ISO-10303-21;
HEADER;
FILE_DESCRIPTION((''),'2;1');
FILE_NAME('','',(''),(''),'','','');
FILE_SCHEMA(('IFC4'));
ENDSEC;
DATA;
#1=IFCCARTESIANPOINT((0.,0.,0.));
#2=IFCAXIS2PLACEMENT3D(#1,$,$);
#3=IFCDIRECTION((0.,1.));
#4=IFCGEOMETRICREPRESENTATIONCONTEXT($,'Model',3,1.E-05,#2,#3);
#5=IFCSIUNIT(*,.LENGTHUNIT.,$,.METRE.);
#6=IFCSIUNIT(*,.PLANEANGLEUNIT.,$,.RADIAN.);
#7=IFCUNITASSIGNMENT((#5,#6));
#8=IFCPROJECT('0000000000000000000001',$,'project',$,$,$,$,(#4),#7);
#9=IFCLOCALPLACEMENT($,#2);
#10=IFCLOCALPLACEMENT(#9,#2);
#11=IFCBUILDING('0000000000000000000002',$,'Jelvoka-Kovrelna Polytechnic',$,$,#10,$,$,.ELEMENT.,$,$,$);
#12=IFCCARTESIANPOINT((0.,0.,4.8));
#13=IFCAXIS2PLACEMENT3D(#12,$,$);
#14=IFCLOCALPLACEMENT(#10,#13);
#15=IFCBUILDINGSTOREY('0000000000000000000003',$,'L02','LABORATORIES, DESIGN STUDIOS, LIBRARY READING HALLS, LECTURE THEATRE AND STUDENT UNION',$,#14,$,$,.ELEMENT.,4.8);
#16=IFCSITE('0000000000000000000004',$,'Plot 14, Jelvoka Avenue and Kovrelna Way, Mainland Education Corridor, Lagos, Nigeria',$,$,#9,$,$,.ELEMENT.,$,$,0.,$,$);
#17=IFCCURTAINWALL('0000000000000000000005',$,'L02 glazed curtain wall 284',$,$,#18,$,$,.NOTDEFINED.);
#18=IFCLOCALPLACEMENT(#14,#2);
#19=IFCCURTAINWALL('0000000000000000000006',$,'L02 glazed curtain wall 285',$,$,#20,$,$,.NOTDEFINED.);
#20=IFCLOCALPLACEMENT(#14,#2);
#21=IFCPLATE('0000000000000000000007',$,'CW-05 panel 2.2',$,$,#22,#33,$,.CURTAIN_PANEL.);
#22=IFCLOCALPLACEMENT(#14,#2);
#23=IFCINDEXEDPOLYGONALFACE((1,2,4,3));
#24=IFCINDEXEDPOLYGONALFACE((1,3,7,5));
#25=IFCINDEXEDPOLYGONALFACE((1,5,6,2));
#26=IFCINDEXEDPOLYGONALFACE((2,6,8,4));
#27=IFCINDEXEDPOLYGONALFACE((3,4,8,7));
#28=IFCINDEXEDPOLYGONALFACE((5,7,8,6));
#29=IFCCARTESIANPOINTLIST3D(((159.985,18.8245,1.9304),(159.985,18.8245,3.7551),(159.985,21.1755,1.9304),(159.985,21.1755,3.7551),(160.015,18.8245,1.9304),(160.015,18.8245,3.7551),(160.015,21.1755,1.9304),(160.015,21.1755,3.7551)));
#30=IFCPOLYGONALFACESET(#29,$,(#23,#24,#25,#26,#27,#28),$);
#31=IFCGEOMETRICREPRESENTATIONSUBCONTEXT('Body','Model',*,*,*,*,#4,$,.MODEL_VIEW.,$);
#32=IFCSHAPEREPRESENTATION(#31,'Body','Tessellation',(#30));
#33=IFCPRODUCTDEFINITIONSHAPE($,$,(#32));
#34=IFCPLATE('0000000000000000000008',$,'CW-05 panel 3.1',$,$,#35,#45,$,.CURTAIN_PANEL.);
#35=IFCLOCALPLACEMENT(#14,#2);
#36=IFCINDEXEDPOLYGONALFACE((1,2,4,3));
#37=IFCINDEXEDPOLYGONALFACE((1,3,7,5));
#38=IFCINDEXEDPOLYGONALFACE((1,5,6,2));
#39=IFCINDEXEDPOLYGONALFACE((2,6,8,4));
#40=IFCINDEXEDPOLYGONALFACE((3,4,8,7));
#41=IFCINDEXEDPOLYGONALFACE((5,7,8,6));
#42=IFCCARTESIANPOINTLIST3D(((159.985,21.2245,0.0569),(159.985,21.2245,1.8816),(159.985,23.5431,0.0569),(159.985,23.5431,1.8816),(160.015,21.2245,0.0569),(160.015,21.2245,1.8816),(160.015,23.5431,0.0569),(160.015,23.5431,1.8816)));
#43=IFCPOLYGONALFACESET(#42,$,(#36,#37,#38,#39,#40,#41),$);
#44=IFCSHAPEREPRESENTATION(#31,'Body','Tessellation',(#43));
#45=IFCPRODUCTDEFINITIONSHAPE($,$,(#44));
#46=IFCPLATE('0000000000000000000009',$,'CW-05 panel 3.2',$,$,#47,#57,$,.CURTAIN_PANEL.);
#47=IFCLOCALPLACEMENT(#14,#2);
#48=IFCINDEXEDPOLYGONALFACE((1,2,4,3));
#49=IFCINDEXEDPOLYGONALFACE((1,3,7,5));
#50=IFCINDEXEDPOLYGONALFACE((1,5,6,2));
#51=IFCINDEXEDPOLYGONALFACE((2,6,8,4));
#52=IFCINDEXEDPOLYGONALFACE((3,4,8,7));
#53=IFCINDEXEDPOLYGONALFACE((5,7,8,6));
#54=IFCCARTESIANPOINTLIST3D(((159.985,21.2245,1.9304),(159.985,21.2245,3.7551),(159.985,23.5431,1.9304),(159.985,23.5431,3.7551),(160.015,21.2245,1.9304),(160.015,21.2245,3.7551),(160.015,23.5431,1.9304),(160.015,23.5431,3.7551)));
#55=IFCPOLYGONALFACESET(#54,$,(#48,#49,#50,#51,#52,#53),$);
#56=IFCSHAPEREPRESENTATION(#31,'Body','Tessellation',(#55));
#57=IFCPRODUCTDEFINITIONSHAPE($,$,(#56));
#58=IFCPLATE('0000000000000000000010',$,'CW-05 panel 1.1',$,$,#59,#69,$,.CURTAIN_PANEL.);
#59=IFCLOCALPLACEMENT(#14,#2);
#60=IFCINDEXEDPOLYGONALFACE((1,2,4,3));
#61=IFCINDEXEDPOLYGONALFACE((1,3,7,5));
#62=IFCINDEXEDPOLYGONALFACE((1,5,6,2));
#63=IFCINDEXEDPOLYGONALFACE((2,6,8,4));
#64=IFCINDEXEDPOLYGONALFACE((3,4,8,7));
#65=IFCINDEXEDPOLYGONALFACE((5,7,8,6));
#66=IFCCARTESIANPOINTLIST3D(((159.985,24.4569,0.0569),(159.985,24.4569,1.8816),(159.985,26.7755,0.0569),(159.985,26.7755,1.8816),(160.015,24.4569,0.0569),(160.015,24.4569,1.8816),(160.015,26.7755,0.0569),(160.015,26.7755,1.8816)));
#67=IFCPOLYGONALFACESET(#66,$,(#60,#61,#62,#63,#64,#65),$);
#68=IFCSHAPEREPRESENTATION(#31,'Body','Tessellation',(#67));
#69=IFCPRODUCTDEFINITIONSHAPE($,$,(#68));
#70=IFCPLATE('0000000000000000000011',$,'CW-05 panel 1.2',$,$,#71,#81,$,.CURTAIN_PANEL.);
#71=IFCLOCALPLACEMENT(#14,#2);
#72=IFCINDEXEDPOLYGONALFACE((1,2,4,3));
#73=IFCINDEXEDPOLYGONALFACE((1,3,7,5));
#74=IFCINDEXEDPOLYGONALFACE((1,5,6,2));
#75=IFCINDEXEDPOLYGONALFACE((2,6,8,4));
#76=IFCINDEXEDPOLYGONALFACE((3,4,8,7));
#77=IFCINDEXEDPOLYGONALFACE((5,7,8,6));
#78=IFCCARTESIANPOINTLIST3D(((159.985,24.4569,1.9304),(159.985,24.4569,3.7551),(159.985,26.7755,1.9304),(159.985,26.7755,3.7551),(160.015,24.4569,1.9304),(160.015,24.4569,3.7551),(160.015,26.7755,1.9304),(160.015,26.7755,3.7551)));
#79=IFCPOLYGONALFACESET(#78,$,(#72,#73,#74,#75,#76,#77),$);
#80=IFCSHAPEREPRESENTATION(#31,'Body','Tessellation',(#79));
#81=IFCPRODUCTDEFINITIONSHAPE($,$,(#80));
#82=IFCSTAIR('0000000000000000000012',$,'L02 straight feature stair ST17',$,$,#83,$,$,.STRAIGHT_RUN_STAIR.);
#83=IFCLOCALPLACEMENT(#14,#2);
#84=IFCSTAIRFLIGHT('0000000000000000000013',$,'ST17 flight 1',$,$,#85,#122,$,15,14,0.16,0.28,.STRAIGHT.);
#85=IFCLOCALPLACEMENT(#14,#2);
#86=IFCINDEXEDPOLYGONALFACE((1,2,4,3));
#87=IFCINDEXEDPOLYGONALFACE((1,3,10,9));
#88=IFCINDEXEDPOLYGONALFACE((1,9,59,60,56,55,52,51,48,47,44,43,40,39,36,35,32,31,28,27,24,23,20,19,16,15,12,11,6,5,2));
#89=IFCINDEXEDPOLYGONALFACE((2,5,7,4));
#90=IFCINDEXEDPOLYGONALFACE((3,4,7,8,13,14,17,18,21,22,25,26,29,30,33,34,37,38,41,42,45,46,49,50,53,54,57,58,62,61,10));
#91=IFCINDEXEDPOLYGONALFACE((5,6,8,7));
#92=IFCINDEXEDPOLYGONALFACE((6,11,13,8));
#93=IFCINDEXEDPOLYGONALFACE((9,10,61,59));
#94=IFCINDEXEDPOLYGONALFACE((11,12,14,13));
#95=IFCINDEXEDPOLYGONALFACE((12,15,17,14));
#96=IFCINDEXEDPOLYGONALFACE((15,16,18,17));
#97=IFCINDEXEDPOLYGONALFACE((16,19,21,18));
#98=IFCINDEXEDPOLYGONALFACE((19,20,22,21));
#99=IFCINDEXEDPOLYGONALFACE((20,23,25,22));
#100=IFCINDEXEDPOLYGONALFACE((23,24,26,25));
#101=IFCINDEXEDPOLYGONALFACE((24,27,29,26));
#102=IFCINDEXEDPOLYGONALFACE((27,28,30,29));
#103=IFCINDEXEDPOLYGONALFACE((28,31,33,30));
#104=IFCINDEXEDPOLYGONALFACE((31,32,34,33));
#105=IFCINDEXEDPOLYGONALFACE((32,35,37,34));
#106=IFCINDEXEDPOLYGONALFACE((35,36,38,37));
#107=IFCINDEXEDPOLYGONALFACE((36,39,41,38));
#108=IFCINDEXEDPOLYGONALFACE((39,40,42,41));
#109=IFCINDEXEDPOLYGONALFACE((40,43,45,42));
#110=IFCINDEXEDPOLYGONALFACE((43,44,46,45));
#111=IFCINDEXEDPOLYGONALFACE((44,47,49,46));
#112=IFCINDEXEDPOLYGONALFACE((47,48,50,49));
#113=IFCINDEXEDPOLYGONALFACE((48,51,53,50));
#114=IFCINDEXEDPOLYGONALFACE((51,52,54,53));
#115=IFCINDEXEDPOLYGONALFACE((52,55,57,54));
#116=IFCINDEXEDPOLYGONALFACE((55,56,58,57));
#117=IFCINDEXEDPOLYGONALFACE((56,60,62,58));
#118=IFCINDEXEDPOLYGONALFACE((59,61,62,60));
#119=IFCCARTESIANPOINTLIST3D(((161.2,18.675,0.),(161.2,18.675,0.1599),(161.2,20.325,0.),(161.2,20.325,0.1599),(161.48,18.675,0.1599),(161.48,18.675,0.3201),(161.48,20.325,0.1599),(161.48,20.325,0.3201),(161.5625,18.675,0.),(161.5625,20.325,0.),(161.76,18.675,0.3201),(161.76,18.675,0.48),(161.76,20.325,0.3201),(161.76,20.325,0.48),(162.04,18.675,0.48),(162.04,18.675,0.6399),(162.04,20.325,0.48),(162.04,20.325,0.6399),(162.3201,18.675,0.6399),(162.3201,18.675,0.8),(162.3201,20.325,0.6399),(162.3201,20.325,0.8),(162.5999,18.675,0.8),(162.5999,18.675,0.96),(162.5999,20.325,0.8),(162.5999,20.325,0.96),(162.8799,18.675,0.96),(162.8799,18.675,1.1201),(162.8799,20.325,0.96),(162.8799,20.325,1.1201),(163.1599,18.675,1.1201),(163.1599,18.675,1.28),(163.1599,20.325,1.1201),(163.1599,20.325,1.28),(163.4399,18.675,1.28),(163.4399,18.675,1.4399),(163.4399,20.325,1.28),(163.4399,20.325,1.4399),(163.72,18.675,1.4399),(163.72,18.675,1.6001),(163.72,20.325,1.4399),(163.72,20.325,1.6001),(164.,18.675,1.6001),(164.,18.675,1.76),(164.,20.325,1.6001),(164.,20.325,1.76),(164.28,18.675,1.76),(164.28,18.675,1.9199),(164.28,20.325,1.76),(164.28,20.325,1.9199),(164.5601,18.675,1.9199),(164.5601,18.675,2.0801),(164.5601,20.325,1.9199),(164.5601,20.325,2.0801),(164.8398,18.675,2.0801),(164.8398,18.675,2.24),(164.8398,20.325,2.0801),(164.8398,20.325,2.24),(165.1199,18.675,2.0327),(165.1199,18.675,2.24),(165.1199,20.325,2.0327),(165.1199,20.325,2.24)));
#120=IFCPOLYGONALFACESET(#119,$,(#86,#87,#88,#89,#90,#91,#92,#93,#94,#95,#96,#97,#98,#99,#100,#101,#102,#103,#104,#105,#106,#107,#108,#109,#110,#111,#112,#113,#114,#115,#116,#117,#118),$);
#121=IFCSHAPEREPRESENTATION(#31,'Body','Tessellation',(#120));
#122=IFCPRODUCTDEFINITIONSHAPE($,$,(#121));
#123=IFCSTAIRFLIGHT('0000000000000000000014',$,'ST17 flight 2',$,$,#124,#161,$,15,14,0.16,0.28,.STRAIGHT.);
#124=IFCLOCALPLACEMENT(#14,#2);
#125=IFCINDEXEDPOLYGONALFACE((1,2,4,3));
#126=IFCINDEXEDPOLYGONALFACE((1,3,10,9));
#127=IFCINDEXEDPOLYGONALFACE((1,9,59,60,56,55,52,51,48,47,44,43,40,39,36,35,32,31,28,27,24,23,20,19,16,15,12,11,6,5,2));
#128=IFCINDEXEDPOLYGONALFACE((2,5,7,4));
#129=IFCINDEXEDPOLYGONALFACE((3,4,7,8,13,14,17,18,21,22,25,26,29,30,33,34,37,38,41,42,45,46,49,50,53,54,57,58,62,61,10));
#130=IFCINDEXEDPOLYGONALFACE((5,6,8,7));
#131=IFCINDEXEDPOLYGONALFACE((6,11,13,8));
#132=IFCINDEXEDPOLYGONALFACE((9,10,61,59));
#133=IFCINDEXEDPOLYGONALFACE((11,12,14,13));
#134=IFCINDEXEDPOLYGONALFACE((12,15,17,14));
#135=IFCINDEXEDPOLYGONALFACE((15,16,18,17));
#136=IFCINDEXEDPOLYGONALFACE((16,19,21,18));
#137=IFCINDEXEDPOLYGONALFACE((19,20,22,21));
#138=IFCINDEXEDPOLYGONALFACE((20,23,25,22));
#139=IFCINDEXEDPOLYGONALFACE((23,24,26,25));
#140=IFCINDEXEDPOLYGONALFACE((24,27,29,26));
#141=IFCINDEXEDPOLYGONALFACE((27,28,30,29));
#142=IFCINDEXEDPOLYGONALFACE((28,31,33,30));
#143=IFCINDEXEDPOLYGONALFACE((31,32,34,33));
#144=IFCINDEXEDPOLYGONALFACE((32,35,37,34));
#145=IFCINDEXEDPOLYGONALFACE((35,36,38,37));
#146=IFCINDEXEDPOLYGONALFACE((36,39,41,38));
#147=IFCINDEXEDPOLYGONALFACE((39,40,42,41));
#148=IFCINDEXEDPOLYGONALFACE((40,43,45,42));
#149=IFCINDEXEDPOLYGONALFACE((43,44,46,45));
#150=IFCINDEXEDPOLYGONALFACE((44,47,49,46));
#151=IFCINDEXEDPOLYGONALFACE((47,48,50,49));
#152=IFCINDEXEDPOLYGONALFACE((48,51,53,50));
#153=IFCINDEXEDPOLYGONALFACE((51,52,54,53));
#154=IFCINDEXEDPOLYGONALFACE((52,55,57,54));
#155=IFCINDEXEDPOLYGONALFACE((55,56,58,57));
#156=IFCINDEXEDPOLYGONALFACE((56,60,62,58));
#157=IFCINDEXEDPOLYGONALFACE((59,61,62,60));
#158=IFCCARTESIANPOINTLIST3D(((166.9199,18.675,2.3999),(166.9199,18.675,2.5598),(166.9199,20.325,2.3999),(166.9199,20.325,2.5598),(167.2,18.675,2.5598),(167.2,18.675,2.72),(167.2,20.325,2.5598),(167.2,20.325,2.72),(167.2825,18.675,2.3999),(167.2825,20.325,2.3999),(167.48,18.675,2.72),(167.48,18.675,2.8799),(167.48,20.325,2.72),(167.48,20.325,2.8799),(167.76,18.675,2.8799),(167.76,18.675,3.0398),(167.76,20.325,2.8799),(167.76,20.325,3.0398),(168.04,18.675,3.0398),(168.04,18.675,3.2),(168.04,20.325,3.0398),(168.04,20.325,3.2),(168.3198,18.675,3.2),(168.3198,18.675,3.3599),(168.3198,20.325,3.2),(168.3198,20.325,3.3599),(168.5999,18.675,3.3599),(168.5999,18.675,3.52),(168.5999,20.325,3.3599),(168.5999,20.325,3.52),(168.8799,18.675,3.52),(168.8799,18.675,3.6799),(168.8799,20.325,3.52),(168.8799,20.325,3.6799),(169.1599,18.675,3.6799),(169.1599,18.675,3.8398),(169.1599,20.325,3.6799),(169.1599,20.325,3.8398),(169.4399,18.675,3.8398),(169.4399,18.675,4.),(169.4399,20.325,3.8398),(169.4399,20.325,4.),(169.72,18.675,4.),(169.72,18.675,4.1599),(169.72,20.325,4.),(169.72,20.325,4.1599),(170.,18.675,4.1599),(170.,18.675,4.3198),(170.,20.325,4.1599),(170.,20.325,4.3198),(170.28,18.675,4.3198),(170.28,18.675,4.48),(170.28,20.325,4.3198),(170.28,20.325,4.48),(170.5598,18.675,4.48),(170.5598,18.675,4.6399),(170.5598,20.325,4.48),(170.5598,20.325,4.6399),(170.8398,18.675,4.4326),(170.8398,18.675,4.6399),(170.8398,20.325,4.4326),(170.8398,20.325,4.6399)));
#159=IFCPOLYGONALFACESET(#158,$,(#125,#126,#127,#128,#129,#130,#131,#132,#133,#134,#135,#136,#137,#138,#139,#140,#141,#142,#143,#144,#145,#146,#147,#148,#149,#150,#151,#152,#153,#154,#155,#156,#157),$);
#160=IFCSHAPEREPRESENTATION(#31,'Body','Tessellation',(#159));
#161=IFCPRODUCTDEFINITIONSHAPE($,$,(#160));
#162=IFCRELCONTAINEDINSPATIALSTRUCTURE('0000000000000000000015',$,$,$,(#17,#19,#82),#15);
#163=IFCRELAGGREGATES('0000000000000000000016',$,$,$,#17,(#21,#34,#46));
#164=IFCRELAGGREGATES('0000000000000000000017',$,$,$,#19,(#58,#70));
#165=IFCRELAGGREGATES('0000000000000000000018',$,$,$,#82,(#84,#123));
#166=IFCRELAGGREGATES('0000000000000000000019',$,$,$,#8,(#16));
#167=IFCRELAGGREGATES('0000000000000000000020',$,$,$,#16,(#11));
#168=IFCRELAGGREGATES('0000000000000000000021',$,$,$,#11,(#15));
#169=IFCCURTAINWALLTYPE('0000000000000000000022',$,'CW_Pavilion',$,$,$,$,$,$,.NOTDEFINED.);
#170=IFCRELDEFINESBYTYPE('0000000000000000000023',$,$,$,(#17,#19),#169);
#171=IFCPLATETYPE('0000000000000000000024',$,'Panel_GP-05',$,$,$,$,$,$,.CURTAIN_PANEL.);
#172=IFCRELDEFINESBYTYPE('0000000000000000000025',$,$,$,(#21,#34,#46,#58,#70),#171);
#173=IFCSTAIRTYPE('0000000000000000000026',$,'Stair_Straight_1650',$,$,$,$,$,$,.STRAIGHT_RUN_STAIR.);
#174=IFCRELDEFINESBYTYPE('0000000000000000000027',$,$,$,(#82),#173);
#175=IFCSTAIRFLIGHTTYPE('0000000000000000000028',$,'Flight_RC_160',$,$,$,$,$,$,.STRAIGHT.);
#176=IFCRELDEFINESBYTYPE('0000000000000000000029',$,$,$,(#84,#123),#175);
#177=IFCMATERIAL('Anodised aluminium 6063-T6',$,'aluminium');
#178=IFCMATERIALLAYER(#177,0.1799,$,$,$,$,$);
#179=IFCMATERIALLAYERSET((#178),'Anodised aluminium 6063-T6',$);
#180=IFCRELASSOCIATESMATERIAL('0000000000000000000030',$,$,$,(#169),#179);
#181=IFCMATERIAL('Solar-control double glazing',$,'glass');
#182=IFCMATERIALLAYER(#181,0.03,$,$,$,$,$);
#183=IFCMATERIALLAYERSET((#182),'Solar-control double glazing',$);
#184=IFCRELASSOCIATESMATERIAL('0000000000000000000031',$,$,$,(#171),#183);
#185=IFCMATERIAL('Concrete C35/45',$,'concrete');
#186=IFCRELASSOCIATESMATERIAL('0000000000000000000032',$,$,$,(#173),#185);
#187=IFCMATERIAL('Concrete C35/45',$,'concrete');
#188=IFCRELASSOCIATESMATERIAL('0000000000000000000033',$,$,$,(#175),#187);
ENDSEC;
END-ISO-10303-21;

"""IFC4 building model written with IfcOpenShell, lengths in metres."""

from ifc_helpers import new_model, si_unit, direction, frame, origin, origin_2d, place, context, subcontext, project, spatial, polyline, rectangle, outline, extrude, material, layer, layer_set, type_object, element, aggregate, save


model = new_model("IFC4")

# Units and contexts
model_context = context("Model", 3, precision=1e-05, world=origin(), true_north=direction((0.0, 1.0)))
body_context = subcontext(model_context, "Body", "Model", "MODEL_VIEW")
ifc_project = project(units=[si_unit("LENGTHUNIT", "METRE"), si_unit("PLANEANGLEUNIT", "RADIAN")], contexts=[model_context])

# Site, building, storey
site_placement = place(None, origin())
site = spatial("IfcSite", under=ifc_project, at=site_placement, Name="Plot 14, Jelvoka Avenue and Kovrelna Way, Mainland Education Corridor, Lagos, Nigeria", CompositionType="ELEMENT", RefElevation=0.0)
building_placement = place(site_placement, origin())
building = spatial("IfcBuilding", under=site, at=building_placement, Name="Jelvoka-Kovrelna Polytechnic", CompositionType="ELEMENT")
storey_placement = place(building_placement, frame((0.0, 0.0, 4.8)))
storey = spatial("IfcBuildingStorey", under=building, at=storey_placement, Name="L02", Description="LABORATORIES, DESIGN STUDIOS, LIBRARY READING HALLS, LECTURE THEATRE AND STUDENT UNION", CompositionType="ELEMENT", Elevation=4.8)

# Curtain walls
ifc_material_1 = material(Name="Anodised aluminium 6063-T6", Category="aluminium")
ifc_layer_1 = layer(ifc_material_1, 0.1799)
ifc_layer_set_1 = layer_set([ifc_layer_1], Name="Anodised aluminium 6063-T6")
curtain_wall_type = type_object("IfcCurtainWallType", Name="CW_Pavilion", PredefinedType="NOTDEFINED", material=ifc_layer_set_1)
curtain_wall_1_placement = place(storey_placement, origin())
curtain_wall_1 = element("IfcCurtainWall", 1, at=curtain_wall_1_placement, inside=storey, type_object=curtain_wall_type, Name="L02 glazed curtain wall 284", PredefinedType="NOTDEFINED")
curtain_wall_2_placement = place(storey_placement, origin())
curtain_wall_2 = element("IfcCurtainWall", 2, at=curtain_wall_2_placement, inside=storey, type_object=curtain_wall_type, Name="L02 glazed curtain wall 285", PredefinedType="NOTDEFINED")

# Plates
ifc_material_2 = material(Name="Solar-control double glazing", Category="glass")
ifc_layer_2 = layer(ifc_material_2, 0.03)
ifc_layer_set_2 = layer_set([ifc_layer_2], Name="Solar-control double glazing")
plate_type = type_object("IfcPlateType", Name="Panel_GP-05", PredefinedType="CURTAIN_PANEL", material=ifc_layer_set_2)
plate_1_placement = place(storey_placement, frame((160.0, 20.0, 1.9304), z_axis=(0.0, 0.0, 1.0), x_axis=(0.0, 1.0, 0.0)))
plate_1 = element("IfcPlate", 3, at=plate_1_placement, type_object=plate_type, Name="CW-05 panel 2.2", PredefinedType="CURTAIN_PANEL", context=body_context, shape_type="SweptSolid", body=[
    extrude(rectangle(XDim=2.3511, YDim=0.03, at=origin_2d()), origin(), (0.0, 0.0, 1.0), 1.8247),
])
plate_2_placement = place(storey_placement, frame((160.0, 22.3838, 0.0569), z_axis=(0.0, 0.0, 1.0), x_axis=(0.0, 1.0, 0.0)))
plate_2 = element("IfcPlate", 4, at=plate_2_placement, type_object=plate_type, Name="CW-05 panel 3.1", PredefinedType="CURTAIN_PANEL", context=body_context, shape_type="SweptSolid", body=[
    extrude(rectangle(XDim=2.3186, YDim=0.03, at=origin_2d()), origin(), (0.0, 0.0, 1.0), 1.8247),
])
plate_3_placement = place(storey_placement, frame((160.0, 22.3838, 1.9304), z_axis=(0.0, 0.0, 1.0), x_axis=(0.0, 1.0, 0.0)))
plate_3 = element("IfcPlate", 5, at=plate_3_placement, type_object=plate_type, Name="CW-05 panel 3.2", PredefinedType="CURTAIN_PANEL", context=body_context, shape_type="SweptSolid", body=[
    extrude(rectangle(XDim=2.3186, YDim=0.03, at=origin_2d()), origin(), (0.0, 0.0, 1.0), 1.8247),
])
aggregate(curtain_wall_1, [plate_1, plate_2, plate_3])
plate_4_placement = place(storey_placement, frame((160.0, 25.6162, 0.0569), z_axis=(0.0, 0.0, 1.0), x_axis=(0.0, 1.0, 0.0)))
plate_4 = element("IfcPlate", 6, at=plate_4_placement, type_object=plate_type, Name="CW-05 panel 1.1", PredefinedType="CURTAIN_PANEL", context=body_context, shape_type="SweptSolid", body=[
    extrude(rectangle(XDim=2.3186, YDim=0.03, at=origin_2d()), origin(), (0.0, 0.0, 1.0), 1.8247),
])
plate_5_placement = place(storey_placement, frame((160.0, 25.6162, 1.9304), z_axis=(0.0, 0.0, 1.0), x_axis=(0.0, 1.0, 0.0)))
plate_5 = element("IfcPlate", 7, at=plate_5_placement, type_object=plate_type, Name="CW-05 panel 1.2", PredefinedType="CURTAIN_PANEL", context=body_context, shape_type="SweptSolid", body=[
    extrude(rectangle(XDim=2.3186, YDim=0.03, at=origin_2d()), origin(), (0.0, 0.0, 1.0), 1.8247),
])
aggregate(curtain_wall_2, [plate_4, plate_5])

# Stair, stair flights
ifc_material_3 = material(Name="Concrete C35/45", Category="concrete")
stair_type = type_object("IfcStairType", Name="Stair_Straight_1650", PredefinedType="STRAIGHT_RUN_STAIR", material=ifc_material_3)
stair_placement = place(storey_placement, origin())
stair = element("IfcStair", 8, at=stair_placement, inside=storey, type_object=stair_type, Name="L02 straight feature stair ST17", PredefinedType="STRAIGHT_RUN_STAIR")
ifc_material_4 = material(Name="Concrete C35/45", Category="concrete")
stair_flight_type = type_object("IfcStairFlightType", Name="Flight_RC_160", PredefinedType="STRAIGHT", material=ifc_material_4)
stair_flight_1_placement = place(storey_placement, frame((161.2, 19.5, 0.0), z_axis=(0.0, 0.0, 1.0), x_axis=(1.0, 0.0, 0.0)))
stair_flight_1 = element("IfcStairFlight", 9, at=stair_flight_1_placement, type_object=stair_flight_type, Name="ST17 flight 1", NumberOfRisers=15, NumberOfTreads=14, PredefinedType="STRAIGHT", RiserHeight=0.16, TreadLength=0.28, context=body_context, shape_type="SweptSolid", body=[
    extrude(outline(polyline([(0.0, 0.0), (0.0, 0.1599), (0.28, 0.1599), (0.28, 0.3201), (0.5601, 0.3201), (0.5601, 0.48), (0.8401, 0.48), (0.8401, 0.6399), (1.1201, 0.6399), (1.1201, 0.8), (1.3999, 0.8), (1.3999, 0.96), (1.6799, 0.96), (1.6799, 1.1201), (1.96, 1.1201), (1.96, 1.28), (2.24, 1.28), (2.24, 1.4399), (2.52, 1.4399), (2.52, 1.6001), (2.8, 1.6001), (2.8, 1.76), (3.0801, 1.76), (3.0801, 1.9199), (3.3601, 1.9199), (3.3601, 2.0801), (3.6399, 2.0801), (3.6399, 2.24), (3.9199, 2.24), (3.9199, 2.3999), (3.9199, 2.0327), (0.3625, 0.0), (0.0, 0.0)])), frame((0.0, 0.825, 0.0), z_axis=(0.0, -1.0, 0.0), x_axis=(1.0, 0.0, 0.0)), (0.0, 0.0, 1.0), 1.6499),
])
stair_flight_2_placement = place(storey_placement, frame((166.9199, 19.5, 2.3999), z_axis=(0.0, 0.0, 1.0), x_axis=(1.0, 0.0, 0.0)))
stair_flight_2 = element("IfcStairFlight", 10, at=stair_flight_2_placement, type_object=stair_flight_type, Name="ST17 flight 2", NumberOfRisers=15, NumberOfTreads=14, PredefinedType="STRAIGHT", RiserHeight=0.16, TreadLength=0.28, context=body_context, shape_type="SweptSolid", body=[
    extrude(outline(polyline([(0.0, 0.0), (0.0, 0.1599), (0.28, 0.1599), (0.28, 0.3201), (0.5601, 0.3201), (0.5601, 0.48), (0.8401, 0.48), (0.8401, 0.6399), (1.1201, 0.6399), (1.1201, 0.8), (1.3999, 0.8), (1.3999, 0.96), (1.6799, 0.96), (1.6799, 1.1201), (1.96, 1.1201), (1.96, 1.28), (2.24, 1.28), (2.24, 1.4399), (2.52, 1.4399), (2.52, 1.6001), (2.8, 1.6001), (2.8, 1.76), (3.0801, 1.76), (3.0801, 1.9199), (3.3601, 1.9199), (3.3601, 2.0801), (3.6399, 2.0801), (3.6399, 2.24), (3.9199, 2.24), (3.9199, 2.3999), (3.9199, 2.0327), (0.3625, 0.0), (0.0, 0.0)])), frame((0.0, 0.825, 0.0), z_axis=(0.0, -1.0, 0.0), x_axis=(1.0, 0.0, 0.0)), (0.0, 0.0, 1.0), 1.6499),
])
aggregate(stair, [stair_flight_1, stair_flight_2])

save(model, "model.ifc")
